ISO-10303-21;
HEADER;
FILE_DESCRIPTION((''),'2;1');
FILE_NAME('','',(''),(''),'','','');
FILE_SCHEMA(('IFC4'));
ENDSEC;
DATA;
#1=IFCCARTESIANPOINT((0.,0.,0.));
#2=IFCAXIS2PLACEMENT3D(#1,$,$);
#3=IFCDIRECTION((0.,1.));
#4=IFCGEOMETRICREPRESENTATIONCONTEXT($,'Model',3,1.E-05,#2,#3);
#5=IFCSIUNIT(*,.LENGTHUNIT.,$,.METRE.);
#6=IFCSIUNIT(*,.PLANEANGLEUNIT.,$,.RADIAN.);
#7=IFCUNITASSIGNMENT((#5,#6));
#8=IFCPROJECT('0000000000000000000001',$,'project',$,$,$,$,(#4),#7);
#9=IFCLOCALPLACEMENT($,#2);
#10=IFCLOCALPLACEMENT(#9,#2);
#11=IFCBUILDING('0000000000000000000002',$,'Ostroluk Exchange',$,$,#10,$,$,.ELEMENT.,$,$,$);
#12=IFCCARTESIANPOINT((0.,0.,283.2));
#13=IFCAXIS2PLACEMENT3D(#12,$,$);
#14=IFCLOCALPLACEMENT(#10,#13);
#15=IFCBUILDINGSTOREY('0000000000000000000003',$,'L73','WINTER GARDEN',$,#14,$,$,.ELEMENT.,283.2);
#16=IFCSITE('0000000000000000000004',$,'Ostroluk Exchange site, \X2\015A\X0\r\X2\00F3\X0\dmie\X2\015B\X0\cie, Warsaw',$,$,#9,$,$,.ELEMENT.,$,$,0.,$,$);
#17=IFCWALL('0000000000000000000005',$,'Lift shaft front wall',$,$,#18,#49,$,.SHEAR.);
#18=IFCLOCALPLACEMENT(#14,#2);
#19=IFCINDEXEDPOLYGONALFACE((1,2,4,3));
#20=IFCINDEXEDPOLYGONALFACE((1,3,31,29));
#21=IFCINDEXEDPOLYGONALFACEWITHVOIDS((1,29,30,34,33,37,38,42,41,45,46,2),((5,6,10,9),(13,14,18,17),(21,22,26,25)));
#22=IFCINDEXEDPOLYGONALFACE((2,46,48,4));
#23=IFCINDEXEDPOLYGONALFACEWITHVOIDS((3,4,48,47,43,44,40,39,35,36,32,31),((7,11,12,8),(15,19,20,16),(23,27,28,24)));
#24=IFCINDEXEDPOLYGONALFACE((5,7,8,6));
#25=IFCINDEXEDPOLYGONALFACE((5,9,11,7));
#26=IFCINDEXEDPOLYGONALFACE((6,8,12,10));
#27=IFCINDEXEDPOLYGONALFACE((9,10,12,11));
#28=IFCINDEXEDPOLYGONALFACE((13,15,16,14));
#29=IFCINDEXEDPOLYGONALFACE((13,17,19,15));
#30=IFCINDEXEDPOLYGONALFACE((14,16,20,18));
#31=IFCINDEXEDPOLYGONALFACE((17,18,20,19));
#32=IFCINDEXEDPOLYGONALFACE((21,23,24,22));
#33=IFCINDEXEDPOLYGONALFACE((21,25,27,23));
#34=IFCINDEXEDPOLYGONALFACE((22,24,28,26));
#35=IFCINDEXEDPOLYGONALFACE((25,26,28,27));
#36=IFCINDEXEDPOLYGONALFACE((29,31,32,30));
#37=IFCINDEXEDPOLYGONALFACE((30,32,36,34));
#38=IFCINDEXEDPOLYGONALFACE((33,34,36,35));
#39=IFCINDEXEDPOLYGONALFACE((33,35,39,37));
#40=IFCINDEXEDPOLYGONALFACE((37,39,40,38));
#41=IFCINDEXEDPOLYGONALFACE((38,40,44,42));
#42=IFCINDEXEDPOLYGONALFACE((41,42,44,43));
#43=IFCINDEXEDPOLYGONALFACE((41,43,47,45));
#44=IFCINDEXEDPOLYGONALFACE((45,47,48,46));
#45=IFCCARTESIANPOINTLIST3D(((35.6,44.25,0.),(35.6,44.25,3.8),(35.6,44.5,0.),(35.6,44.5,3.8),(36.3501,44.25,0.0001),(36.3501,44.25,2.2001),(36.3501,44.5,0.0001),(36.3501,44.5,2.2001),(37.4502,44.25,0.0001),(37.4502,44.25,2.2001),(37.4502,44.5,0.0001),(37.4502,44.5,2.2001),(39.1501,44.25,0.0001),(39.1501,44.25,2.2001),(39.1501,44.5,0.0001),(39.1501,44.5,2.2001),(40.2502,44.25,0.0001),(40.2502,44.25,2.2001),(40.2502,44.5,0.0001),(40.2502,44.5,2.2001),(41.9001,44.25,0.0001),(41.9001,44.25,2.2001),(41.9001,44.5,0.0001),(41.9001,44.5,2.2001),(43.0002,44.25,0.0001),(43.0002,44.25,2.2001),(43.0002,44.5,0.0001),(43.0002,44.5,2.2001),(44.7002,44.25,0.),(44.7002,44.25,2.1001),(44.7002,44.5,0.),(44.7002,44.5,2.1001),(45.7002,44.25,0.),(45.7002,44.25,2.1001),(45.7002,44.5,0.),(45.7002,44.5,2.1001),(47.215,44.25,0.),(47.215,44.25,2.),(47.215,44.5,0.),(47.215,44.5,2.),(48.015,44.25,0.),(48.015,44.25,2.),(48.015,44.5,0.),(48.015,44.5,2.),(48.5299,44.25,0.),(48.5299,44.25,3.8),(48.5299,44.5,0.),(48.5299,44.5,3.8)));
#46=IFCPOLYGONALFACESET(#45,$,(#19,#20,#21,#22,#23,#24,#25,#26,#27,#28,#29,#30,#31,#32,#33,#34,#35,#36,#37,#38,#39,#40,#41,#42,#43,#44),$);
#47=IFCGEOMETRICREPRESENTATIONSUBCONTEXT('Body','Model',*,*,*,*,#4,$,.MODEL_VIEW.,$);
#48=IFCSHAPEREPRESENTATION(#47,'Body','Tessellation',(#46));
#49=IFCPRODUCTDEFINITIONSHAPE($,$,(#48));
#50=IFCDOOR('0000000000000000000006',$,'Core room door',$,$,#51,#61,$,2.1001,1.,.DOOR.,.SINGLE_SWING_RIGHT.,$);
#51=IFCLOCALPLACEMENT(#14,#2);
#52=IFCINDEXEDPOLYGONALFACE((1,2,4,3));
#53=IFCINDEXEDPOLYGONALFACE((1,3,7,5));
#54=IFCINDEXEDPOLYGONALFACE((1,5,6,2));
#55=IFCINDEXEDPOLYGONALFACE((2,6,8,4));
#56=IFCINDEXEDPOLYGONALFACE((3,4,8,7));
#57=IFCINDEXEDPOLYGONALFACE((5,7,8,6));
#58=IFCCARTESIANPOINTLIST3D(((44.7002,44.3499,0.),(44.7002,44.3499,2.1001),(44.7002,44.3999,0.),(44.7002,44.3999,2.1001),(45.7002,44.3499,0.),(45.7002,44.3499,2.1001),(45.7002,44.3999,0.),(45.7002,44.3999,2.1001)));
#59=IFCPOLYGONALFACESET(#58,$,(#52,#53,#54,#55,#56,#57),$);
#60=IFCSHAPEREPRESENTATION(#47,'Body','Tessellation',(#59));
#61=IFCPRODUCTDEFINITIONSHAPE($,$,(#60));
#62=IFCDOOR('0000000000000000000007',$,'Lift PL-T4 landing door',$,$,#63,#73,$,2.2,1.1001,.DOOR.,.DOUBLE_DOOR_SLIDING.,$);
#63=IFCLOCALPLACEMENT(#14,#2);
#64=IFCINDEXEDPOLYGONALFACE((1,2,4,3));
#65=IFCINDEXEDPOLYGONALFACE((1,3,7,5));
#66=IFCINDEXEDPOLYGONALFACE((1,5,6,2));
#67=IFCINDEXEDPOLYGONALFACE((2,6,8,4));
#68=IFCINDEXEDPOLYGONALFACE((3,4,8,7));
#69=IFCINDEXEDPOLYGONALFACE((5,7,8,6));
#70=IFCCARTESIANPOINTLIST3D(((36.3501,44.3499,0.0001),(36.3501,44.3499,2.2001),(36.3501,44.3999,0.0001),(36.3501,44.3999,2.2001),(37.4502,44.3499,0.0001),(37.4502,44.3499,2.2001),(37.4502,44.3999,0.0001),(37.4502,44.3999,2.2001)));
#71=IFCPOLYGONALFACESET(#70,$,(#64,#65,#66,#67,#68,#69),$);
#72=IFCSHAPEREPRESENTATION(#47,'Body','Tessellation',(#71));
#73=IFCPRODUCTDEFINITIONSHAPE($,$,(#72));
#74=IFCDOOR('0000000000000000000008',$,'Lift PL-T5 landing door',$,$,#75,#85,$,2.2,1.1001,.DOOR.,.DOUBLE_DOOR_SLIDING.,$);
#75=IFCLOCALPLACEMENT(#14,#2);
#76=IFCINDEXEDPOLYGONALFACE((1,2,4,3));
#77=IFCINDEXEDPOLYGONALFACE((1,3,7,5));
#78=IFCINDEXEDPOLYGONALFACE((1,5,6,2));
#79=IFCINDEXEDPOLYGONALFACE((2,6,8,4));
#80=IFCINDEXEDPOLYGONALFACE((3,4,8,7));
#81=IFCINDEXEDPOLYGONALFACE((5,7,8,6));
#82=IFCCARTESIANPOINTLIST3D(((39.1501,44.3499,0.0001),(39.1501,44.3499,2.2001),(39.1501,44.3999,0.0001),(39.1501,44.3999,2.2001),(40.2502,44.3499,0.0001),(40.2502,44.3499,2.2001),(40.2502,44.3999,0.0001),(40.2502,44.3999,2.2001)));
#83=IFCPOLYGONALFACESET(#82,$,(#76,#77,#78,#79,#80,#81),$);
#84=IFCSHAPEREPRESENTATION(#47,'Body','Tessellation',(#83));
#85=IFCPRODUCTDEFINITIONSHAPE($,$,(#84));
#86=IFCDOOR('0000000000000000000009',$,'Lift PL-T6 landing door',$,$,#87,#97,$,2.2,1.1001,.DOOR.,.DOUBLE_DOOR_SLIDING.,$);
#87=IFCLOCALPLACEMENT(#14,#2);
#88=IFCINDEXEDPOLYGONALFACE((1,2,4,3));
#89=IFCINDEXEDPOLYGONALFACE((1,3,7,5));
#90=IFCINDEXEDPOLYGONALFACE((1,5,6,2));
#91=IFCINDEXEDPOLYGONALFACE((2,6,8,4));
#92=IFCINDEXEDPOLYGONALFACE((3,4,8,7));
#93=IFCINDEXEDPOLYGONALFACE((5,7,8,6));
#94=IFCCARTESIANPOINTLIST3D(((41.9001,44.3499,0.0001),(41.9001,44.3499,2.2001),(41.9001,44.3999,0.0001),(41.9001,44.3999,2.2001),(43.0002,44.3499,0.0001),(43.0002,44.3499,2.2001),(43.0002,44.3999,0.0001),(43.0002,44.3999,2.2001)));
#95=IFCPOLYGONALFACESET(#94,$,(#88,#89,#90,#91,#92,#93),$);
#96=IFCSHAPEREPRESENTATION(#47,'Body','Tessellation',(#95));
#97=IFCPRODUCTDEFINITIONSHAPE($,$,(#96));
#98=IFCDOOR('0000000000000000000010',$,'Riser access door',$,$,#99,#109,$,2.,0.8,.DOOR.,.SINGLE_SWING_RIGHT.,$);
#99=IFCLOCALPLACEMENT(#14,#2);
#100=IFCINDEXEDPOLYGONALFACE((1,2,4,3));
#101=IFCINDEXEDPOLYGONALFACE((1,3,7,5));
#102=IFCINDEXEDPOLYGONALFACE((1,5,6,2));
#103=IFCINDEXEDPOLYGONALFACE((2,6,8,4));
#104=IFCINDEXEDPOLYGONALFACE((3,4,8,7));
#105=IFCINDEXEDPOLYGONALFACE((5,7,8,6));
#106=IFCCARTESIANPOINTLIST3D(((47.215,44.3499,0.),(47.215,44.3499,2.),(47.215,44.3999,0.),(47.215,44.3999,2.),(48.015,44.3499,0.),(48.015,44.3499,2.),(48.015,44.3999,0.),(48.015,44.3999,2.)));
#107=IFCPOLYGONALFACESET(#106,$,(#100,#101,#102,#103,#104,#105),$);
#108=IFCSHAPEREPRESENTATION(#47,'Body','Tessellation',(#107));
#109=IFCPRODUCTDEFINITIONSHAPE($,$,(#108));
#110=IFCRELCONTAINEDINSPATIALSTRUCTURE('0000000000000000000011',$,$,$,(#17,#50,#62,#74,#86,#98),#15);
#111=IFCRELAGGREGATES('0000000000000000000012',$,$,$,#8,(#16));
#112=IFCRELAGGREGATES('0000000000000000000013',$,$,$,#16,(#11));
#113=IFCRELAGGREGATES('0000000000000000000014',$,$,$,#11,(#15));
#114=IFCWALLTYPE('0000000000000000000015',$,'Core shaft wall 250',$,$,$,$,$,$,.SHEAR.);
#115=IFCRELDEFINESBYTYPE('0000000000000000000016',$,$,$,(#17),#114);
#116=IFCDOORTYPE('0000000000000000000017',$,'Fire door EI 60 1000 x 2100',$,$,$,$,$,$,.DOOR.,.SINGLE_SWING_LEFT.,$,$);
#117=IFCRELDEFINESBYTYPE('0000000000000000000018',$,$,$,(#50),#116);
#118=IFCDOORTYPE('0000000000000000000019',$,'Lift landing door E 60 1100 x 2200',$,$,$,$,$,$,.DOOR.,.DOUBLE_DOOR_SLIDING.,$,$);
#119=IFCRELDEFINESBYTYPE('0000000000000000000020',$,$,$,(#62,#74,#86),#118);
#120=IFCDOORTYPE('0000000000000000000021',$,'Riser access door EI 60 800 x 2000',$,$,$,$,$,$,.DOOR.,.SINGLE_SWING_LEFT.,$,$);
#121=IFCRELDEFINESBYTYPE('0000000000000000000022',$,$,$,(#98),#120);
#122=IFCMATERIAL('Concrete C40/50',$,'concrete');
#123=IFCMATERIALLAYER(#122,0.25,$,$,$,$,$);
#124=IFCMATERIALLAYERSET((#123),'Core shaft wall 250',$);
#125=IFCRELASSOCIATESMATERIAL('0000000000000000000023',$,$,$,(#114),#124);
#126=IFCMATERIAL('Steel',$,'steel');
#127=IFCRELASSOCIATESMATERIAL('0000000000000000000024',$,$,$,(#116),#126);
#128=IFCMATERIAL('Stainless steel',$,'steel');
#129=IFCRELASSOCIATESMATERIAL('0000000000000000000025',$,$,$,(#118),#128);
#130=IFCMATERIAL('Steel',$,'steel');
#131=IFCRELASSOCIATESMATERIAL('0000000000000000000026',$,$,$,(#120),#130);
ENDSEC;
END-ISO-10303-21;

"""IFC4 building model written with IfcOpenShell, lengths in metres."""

from ifc_helpers import new_model, si_unit, direction, frame, frame_2d, origin, place, context, subcontext, project, spatial, rectangle, extrude, material, layer, layer_set, type_object, element, fill, save


model = new_model("IFC4")

# Units and contexts
model_context = context("Model", 3, precision=1e-05, world=origin(), true_north=direction((0.0, 1.0)))
body_context = subcontext(model_context, "Body", "Model", "MODEL_VIEW")
ifc_project = project(units=[si_unit("LENGTHUNIT", "METRE"), si_unit("PLANEANGLEUNIT", "RADIAN")], contexts=[model_context])

# Site, building, storey
site_placement = place(None, origin())
site = spatial("IfcSite", under=ifc_project, at=site_placement, Name="Ostroluk Exchange site, Śródmieście, Warsaw", CompositionType="ELEMENT", RefElevation=0.0)
building_placement = place(site_placement, origin())
building = spatial("IfcBuilding", under=site, at=building_placement, Name="Ostroluk Exchange", CompositionType="ELEMENT")
storey_placement = place(building_placement, frame((0.0, 0.0, 283.2)))
storey = spatial("IfcBuildingStorey", under=building, at=storey_placement, Name="L73", Description="WINTER GARDEN", CompositionType="ELEMENT", Elevation=283.2)

# Shared definitions
ifc_material_1 = material(Name="Concrete C40/50", Category="concrete")
ifc_layer = layer(ifc_material_1, 0.25)
ifc_layer_set = layer_set([ifc_layer], Name="Core shaft wall 250")
wall_type = type_object("IfcWallType", Name="Core shaft wall 250", PredefinedType="SHEAR", material=ifc_layer_set)

# Wall, openings, doors
ifc_material_2 = material(Name="Steel", Category="steel")
door_type_1 = type_object("IfcDoorType", Name="Fire door EI 60 1000 x 2100", OperationType="SINGLE_SWING_LEFT", PredefinedType="DOOR", material=ifc_material_2)
ifc_material_3 = material(Name="Stainless steel", Category="steel")
door_type_2 = type_object("IfcDoorType", Name="Lift landing door E 60 1100 x 2200", OperationType="DOUBLE_DOOR_SLIDING", PredefinedType="DOOR", material=ifc_material_3)
ifc_material_4 = material(Name="Steel", Category="steel")
door_type_3 = type_object("IfcDoorType", Name="Riser access door EI 60 800 x 2000", OperationType="SINGLE_SWING_LEFT", PredefinedType="DOOR", material=ifc_material_4)
wall_1_placement = place(storey_placement, frame((35.6001, 44.375, 0.0), z_axis=(0.0, 0.0, 1.0), x_axis=(1.0, 0.0, 0.0)))
wall_1 = element("IfcWall", 1, at=wall_1_placement, inside=storey, type_object=wall_type, Name="Lift shaft front wall", PredefinedType="SHEAR", context=body_context, shape_type="SweptSolid", body=[
    extrude(rectangle(XDim=12.9299, YDim=0.25, at=frame_2d((6.4648, 0.0))), origin(), (0.0, 0.0, 1.0), 3.8),
])
opening_1_placement = place(wall_1_placement, frame((0.75, 0.0, 0.0)))
opening_1 = element("IfcOpeningElement", 2, at=opening_1_placement, cuts=wall_1, PredefinedType="OPENING", context=body_context, shape_type="SweptSolid", body=[
    extrude(rectangle(XDim=1.1001, YDim=2.2, at=frame_2d((0.55, 1.1001))), frame((0.0, 0.135, 0.0), z_axis=(0.0, -1.0, 0.0), x_axis=(1.0, 0.0, 0.0)), (0.0, 0.0, 1.0), 0.27),
])
opening_2_placement = place(wall_1_placement, frame((3.55, 0.0, 0.0)))
opening_2 = element("IfcOpeningElement", 3, at=opening_2_placement, cuts=wall_1, PredefinedType="OPENING", context=body_context, shape_type="SweptSolid", body=[
    extrude(rectangle(XDim=1.1001, YDim=2.2, at=frame_2d((0.55, 1.1001))), frame((0.0, 0.135, 0.0), z_axis=(0.0, -1.0, 0.0), x_axis=(1.0, 0.0, 0.0)), (0.0, 0.0, 1.0), 0.27),
])
opening_3_placement = place(wall_1_placement, frame((6.3, 0.0, 0.0)))
opening_3 = element("IfcOpeningElement", 4, at=opening_3_placement, cuts=wall_1, PredefinedType="OPENING", context=body_context, shape_type="SweptSolid", body=[
    extrude(rectangle(XDim=1.1001, YDim=2.2, at=frame_2d((0.55, 1.1001))), frame((0.0, 0.135, 0.0), z_axis=(0.0, -1.0, 0.0), x_axis=(1.0, 0.0, 0.0)), (0.0, 0.0, 1.0), 0.27),
])
opening_4_placement = place(wall_1_placement, frame((9.1001, 0.0, 0.0)))
opening_4 = element("IfcOpeningElement", 5, at=opening_4_placement, cuts=wall_1, PredefinedType="OPENING", context=body_context, shape_type="SweptSolid", body=[
    extrude(rectangle(XDim=1.0, YDim=2.1001, at=frame_2d((0.5, 1.05))), frame((0.0, 0.135, 0.0), z_axis=(0.0, -1.0, 0.0), x_axis=(1.0, 0.0, 0.0)), (0.0, 0.0, 1.0), 0.27),
])
opening_5_placement = place(wall_1_placement, frame((11.615, 0.0, 0.0)))
opening_5 = element("IfcOpeningElement", 6, at=opening_5_placement, cuts=wall_1, PredefinedType="OPENING", context=body_context, shape_type="SweptSolid", body=[
    extrude(rectangle(XDim=0.8, YDim=2.0, at=frame_2d((0.3999, 1.0))), frame((0.0, 0.135, 0.0), z_axis=(0.0, -1.0, 0.0), x_axis=(1.0, 0.0, 0.0)), (0.0, 0.0, 1.0), 0.27),
])
door_1_placement = place(opening_4_placement, origin())
door_1 = element("IfcDoor", 7, at=door_1_placement, inside=storey, type_object=door_type_1, Name="Core room door", OperationType="SINGLE_SWING_RIGHT", OverallHeight=2.1001, OverallWidth=1.0, PredefinedType="DOOR", context=body_context, shape_type="SweptSolid", body=[
    extrude(rectangle(XDim=1.0, YDim=2.1001, at=frame_2d((0.5, 1.05))), frame((0.0, 0.0249, 0.0), z_axis=(0.0, -1.0, 0.0), x_axis=(1.0, 0.0, 0.0)), (0.0, 0.0, 1.0), 0.05),
])
fill(opening_4, door_1)
door_2_placement = place(opening_1_placement, origin())
door_2 = element("IfcDoor", 8, at=door_2_placement, inside=storey, type_object=door_type_2, Name="Lift PL-T4 landing door", OperationType="DOUBLE_DOOR_SLIDING", OverallHeight=2.2, OverallWidth=1.1001, PredefinedType="DOOR", context=body_context, shape_type="SweptSolid", body=[
    extrude(rectangle(XDim=1.1001, YDim=2.2, at=frame_2d((0.55, 1.1001))), frame((0.0, 0.0249, 0.0), z_axis=(0.0, -1.0, 0.0), x_axis=(1.0, 0.0, 0.0)), (0.0, 0.0, 1.0), 0.05),
])
fill(opening_1, door_2)
door_3_placement = place(opening_2_placement, origin())
door_3 = element("IfcDoor", 9, at=door_3_placement, inside=storey, type_object=door_type_2, Name="Lift PL-T5 landing door", OperationType="DOUBLE_DOOR_SLIDING", OverallHeight=2.2, OverallWidth=1.1001, PredefinedType="DOOR", context=body_context, shape_type="SweptSolid", body=[
    extrude(rectangle(XDim=1.1001, YDim=2.2, at=frame_2d((0.55, 1.1001))), frame((0.0, 0.0249, 0.0), z_axis=(0.0, -1.0, 0.0), x_axis=(1.0, 0.0, 0.0)), (0.0, 0.0, 1.0), 0.05),
])
fill(opening_2, door_3)
door_4_placement = place(opening_3_placement, origin())
door_4 = element("IfcDoor", 10, at=door_4_placement, inside=storey, type_object=door_type_2, Name="Lift PL-T6 landing door", OperationType="DOUBLE_DOOR_SLIDING", OverallHeight=2.2, OverallWidth=1.1001, PredefinedType="DOOR", context=body_context, shape_type="SweptSolid", body=[
    extrude(rectangle(XDim=1.1001, YDim=2.2, at=frame_2d((0.55, 1.1001))), frame((0.0, 0.0249, 0.0), z_axis=(0.0, -1.0, 0.0), x_axis=(1.0, 0.0, 0.0)), (0.0, 0.0, 1.0), 0.05),
])
fill(opening_3, door_4)
door_5_placement = place(opening_5_placement, origin())
door_5 = element("IfcDoor", 11, at=door_5_placement, inside=storey, type_object=door_type_3, Name="Riser access door", OperationType="SINGLE_SWING_RIGHT", OverallHeight=2.0, OverallWidth=0.8, PredefinedType="DOOR", context=body_context, shape_type="SweptSolid", body=[
    extrude(rectangle(XDim=0.8, YDim=2.0, at=frame_2d((0.3999, 1.0))), frame((0.0, 0.0249, 0.0), z_axis=(0.0, -1.0, 0.0), x_axis=(1.0, 0.0, 0.0)), (0.0, 0.0, 1.0), 0.05),
])
fill(opening_5, door_5)

save(model, "model.ifc")
